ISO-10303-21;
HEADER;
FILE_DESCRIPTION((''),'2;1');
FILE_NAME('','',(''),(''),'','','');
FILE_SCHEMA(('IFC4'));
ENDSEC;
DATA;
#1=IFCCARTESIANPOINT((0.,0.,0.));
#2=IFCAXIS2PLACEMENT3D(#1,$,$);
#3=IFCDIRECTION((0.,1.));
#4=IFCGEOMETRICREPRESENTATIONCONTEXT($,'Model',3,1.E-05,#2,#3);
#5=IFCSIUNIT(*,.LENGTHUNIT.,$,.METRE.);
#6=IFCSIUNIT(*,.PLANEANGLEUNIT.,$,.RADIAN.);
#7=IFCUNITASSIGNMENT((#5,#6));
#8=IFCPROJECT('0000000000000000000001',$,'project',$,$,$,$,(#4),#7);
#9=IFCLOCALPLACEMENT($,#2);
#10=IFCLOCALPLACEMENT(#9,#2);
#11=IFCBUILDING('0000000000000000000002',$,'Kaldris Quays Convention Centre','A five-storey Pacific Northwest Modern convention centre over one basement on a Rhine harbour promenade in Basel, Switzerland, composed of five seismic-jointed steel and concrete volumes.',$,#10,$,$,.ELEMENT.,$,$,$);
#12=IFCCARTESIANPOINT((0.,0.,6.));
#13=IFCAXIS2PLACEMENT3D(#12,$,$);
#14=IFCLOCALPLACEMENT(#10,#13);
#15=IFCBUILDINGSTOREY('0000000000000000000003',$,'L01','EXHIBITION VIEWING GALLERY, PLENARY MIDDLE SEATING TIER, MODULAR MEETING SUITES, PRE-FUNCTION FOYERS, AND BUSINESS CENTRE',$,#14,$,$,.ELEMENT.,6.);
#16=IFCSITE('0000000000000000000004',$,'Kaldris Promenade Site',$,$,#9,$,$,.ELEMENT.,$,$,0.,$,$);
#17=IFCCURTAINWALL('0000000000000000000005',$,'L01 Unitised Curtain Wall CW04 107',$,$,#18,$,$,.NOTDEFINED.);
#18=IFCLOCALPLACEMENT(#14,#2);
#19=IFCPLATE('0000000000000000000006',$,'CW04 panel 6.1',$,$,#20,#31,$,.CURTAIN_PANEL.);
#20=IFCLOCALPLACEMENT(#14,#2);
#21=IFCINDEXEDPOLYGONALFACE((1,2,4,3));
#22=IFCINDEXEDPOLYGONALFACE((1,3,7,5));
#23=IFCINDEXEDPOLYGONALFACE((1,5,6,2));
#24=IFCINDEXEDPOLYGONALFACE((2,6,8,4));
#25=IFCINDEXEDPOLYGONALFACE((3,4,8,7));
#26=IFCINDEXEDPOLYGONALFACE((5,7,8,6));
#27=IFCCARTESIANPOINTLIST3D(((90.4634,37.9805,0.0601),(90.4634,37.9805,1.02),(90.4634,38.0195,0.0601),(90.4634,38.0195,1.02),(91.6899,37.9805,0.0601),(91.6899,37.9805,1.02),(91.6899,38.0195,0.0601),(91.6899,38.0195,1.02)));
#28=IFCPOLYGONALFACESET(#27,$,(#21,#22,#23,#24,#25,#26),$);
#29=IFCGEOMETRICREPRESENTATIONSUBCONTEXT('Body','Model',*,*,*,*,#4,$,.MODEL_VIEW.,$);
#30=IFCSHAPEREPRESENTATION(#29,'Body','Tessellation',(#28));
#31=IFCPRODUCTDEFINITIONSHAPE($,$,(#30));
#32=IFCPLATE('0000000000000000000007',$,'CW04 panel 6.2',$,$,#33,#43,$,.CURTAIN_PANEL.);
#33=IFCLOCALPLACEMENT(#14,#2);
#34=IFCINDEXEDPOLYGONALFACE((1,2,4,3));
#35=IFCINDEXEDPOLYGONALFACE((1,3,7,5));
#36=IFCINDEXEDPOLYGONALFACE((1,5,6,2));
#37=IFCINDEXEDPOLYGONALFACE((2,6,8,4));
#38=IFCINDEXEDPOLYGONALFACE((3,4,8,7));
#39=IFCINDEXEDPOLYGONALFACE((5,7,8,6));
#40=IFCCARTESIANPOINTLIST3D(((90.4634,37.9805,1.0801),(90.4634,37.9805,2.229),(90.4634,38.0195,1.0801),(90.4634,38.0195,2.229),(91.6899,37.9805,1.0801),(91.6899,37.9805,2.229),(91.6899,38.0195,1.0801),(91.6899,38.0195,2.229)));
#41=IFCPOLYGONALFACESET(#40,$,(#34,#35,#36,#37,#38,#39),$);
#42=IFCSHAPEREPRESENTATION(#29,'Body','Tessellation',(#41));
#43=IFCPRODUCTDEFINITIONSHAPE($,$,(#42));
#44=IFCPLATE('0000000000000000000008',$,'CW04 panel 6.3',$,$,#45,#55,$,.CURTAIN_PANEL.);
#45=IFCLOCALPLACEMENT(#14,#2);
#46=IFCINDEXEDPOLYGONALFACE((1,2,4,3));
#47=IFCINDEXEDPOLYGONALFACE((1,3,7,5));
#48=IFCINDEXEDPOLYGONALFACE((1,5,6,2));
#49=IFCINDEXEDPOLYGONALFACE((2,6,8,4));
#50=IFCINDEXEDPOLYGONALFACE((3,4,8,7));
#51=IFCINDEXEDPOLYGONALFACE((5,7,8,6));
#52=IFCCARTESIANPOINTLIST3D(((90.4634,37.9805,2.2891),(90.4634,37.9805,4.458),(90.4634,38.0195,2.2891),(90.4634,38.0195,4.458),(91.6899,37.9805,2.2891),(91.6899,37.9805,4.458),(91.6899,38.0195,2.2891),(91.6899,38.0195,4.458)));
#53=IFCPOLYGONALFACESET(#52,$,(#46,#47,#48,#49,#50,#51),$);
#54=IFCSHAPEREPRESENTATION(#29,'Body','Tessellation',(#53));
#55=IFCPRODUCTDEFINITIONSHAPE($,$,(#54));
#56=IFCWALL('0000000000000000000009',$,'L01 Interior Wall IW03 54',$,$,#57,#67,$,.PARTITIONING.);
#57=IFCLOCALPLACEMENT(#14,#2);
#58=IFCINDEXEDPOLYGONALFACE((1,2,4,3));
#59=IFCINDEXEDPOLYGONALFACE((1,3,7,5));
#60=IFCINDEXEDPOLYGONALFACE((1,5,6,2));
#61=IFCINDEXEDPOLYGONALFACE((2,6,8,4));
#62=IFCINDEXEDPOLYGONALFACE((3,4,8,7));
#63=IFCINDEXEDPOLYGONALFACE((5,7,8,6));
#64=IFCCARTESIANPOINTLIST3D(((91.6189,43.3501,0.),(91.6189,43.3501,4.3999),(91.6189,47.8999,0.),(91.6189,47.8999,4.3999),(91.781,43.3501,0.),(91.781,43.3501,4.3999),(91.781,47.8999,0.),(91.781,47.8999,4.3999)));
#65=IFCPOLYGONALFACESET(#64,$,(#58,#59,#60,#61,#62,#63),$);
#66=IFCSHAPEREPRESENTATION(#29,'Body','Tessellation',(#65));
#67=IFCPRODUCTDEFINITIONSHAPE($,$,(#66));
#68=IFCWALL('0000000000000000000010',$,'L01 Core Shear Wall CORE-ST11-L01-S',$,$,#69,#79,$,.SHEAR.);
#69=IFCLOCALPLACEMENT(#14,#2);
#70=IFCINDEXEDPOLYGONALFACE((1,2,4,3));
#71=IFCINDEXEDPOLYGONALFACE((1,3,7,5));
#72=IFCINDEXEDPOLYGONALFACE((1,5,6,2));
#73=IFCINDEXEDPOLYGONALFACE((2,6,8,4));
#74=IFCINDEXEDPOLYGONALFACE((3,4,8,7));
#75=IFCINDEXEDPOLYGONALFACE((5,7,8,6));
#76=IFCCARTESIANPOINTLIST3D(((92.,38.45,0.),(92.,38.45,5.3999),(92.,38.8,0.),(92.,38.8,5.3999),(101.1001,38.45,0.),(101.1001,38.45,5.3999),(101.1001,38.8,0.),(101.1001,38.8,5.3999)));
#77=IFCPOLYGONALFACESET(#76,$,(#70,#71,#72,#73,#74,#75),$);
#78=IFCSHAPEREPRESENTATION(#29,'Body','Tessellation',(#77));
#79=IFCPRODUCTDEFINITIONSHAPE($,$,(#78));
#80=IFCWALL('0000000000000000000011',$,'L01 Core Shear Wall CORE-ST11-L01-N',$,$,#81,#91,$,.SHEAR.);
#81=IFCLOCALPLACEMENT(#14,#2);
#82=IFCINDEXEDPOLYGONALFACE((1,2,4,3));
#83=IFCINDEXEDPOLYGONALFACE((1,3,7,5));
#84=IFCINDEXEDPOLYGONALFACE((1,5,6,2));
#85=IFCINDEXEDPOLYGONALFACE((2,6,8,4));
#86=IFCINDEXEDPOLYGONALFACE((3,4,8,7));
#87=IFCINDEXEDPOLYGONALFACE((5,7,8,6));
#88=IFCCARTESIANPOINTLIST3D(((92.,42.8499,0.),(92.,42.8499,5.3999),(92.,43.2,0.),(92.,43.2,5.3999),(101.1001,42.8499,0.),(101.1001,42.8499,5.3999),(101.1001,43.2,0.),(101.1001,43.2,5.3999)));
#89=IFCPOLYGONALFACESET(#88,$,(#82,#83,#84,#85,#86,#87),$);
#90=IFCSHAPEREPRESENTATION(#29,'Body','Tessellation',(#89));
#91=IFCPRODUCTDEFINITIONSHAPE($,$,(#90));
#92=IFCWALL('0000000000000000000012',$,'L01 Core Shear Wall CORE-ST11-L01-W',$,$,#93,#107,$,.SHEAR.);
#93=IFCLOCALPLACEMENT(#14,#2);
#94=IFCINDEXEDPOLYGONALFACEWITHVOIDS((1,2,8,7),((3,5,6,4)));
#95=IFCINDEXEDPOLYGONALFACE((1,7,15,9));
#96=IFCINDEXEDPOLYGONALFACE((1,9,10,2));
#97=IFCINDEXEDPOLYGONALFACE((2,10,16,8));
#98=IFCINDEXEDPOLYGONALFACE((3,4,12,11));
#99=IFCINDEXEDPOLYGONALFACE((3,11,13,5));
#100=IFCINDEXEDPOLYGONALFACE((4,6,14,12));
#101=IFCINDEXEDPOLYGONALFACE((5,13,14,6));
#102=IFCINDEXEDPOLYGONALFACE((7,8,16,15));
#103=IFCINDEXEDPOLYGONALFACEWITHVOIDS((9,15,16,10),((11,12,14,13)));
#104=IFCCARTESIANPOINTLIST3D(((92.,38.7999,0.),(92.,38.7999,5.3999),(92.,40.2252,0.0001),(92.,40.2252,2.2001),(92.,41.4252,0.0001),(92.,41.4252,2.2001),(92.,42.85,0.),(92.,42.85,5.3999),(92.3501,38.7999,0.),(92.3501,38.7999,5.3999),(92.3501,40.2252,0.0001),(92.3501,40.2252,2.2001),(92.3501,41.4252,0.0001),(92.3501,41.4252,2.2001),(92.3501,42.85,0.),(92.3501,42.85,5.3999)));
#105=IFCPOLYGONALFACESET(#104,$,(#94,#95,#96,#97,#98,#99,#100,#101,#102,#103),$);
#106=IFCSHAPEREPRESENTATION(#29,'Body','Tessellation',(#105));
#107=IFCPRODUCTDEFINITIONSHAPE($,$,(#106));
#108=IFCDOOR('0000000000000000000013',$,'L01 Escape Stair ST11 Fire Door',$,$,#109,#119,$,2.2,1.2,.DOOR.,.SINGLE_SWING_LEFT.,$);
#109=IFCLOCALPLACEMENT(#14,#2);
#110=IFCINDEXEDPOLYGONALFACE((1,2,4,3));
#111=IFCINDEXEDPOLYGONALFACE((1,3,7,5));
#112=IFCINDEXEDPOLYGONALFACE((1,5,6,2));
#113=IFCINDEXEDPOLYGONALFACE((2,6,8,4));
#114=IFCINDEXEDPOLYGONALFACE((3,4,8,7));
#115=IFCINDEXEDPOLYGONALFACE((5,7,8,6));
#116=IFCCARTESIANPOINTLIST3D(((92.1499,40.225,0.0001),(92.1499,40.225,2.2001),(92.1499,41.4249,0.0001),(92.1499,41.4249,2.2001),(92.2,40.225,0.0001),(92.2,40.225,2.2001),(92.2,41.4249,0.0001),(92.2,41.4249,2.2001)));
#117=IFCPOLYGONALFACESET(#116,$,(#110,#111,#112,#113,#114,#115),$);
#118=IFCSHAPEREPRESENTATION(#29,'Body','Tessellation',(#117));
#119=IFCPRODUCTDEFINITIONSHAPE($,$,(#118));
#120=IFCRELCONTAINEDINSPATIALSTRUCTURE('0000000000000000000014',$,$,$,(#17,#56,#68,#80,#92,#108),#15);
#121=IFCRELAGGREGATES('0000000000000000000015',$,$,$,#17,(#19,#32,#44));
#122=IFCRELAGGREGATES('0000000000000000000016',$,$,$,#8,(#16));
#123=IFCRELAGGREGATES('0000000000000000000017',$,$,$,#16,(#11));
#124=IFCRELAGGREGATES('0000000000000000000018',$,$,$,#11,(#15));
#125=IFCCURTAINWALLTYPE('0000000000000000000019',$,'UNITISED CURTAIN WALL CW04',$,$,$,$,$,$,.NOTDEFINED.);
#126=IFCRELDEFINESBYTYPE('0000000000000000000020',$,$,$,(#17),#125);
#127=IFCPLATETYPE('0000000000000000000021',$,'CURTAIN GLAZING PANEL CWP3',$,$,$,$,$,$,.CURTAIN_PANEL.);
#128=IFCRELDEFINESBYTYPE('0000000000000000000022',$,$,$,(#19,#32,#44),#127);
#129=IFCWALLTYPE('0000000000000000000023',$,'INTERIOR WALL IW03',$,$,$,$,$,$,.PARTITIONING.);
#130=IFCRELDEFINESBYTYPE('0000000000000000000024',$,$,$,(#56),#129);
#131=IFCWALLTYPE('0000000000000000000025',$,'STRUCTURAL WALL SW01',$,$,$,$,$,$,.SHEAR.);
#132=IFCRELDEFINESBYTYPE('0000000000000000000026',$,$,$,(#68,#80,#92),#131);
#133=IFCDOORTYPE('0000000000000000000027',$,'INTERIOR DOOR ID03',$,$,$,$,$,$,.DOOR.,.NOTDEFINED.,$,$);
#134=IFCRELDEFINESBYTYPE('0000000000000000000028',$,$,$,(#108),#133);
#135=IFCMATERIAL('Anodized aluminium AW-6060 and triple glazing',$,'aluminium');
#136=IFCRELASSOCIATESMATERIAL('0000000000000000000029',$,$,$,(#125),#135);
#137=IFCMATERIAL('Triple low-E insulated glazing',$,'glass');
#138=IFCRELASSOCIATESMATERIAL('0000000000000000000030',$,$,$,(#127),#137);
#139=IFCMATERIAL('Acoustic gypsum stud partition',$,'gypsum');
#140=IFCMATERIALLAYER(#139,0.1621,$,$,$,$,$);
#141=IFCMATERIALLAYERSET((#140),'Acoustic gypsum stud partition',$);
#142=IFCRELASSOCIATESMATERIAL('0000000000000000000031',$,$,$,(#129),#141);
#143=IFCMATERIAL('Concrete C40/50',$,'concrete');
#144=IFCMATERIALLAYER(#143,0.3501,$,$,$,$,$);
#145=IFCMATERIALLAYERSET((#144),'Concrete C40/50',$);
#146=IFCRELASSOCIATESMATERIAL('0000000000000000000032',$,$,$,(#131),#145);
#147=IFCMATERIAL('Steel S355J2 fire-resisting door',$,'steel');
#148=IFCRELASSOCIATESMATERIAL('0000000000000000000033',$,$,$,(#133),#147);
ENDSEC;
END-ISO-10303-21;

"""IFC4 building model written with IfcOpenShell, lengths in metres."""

from ifc_helpers import new_model, si_unit, direction, frame, frame_2d, origin, origin_2d, place, context, subcontext, project, spatial, rectangle, extrude, material, layer, layer_set, type_object, element, fill, aggregate, save


model = new_model("IFC4")

# Units and contexts
model_context = context("Model", 3, precision=1e-05, world=origin(), true_north=direction((0.0, 1.0)))
body_context = subcontext(model_context, "Body", "Model", "MODEL_VIEW")
ifc_project = project(units=[si_unit("LENGTHUNIT", "METRE"), si_unit("PLANEANGLEUNIT", "RADIAN")], contexts=[model_context])

# Site, building, storey
site_placement = place(None, origin())
site = spatial("IfcSite", under=ifc_project, at=site_placement, Name="Kaldris Promenade Site", CompositionType="ELEMENT", RefElevation=0.0)
building_placement = place(site_placement, origin())
building = spatial("IfcBuilding", under=site, at=building_placement, Name="Kaldris Quays Convention Centre", Description="A five-storey Pacific Northwest Modern convention centre over one basement on a Rhine harbour promenade in Basel, Switzerland, composed of five seismic-jointed steel and concrete volumes.", CompositionType="ELEMENT")
storey_placement = place(building_placement, frame((0.0, 0.0, 6.0)))
storey = spatial("IfcBuildingStorey", under=building, at=storey_placement, Name="L01", Description="EXHIBITION VIEWING GALLERY, PLENARY MIDDLE SEATING TIER, MODULAR MEETING SUITES, PRE-FUNCTION FOYERS, AND BUSINESS CENTRE", CompositionType="ELEMENT", Elevation=6.0)

# Curtain wall
ifc_material_1 = material(Name="Anodized aluminium AW-6060 and triple glazing", Category="aluminium")
curtain_wall_type = type_object("IfcCurtainWallType", Name="UNITISED CURTAIN WALL CW04", PredefinedType="NOTDEFINED", material=ifc_material_1)
curtain_wall_1_placement = place(storey_placement, origin())
curtain_wall_1 = element("IfcCurtainWall", 1, at=curtain_wall_1_placement, inside=storey, type_object=curtain_wall_type, Name="L01 Unitised Curtain Wall CW04 107", PredefinedType="NOTDEFINED")

# Plates
ifc_material_2 = material(Name="Triple low-E insulated glazing", Category="glass")
plate_type = type_object("IfcPlateType", Name="CURTAIN GLAZING PANEL CWP3", PredefinedType="CURTAIN_PANEL", material=ifc_material_2)
plate_1_placement = place(storey_placement, frame((91.0767, 38.0, 0.0601), z_axis=(0.0, 0.0, 1.0), x_axis=(1.0, 0.0, 0.0)))
plate_1 = element("IfcPlate", 2, at=plate_1_placement, type_object=plate_type, Name="CW04 panel 6.1", PredefinedType="CURTAIN_PANEL", context=body_context, shape_type="SweptSolid", body=[
    extrude(rectangle(XDim=1.2266, YDim=0.0391, at=origin_2d()), origin(), (0.0, 0.0, 1.0), 0.96),
])
plate_2_placement = place(storey_placement, frame((91.0767, 38.0, 1.0801), z_axis=(0.0, 0.0, 1.0), x_axis=(1.0, 0.0, 0.0)))
plate_2 = element("IfcPlate", 3, at=plate_2_placement, type_object=plate_type, Name="CW04 panel 6.2", PredefinedType="CURTAIN_PANEL", context=body_context, shape_type="SweptSolid", body=[
    extrude(rectangle(XDim=1.2266, YDim=0.0391, at=origin_2d()), origin(), (0.0, 0.0, 1.0), 1.1489),
])
plate_3_placement = place(storey_placement, frame((91.0767, 38.0, 2.2891), z_axis=(0.0, 0.0, 1.0), x_axis=(1.0, 0.0, 0.0)))
plate_3 = element("IfcPlate", 4, at=plate_3_placement, type_object=plate_type, Name="CW04 panel 6.3", PredefinedType="CURTAIN_PANEL", context=body_context, shape_type="SweptSolid", body=[
    extrude(rectangle(XDim=1.2266, YDim=0.0391, at=origin_2d()), origin(), (0.0, 0.0, 1.0), 2.1689),
])
aggregate(curtain_wall_1, [plate_1, plate_2, plate_3])

# Walls
ifc_material_3 = material(Name="Acoustic gypsum stud partition", Category="gypsum")
ifc_layer_1 = layer(ifc_material_3, 0.1621)
ifc_layer_set_1 = layer_set([ifc_layer_1], Name="Acoustic gypsum stud partition")
wall_type_1 = type_object("IfcWallType", Name="INTERIOR WALL IW03", PredefinedType="PARTITIONING", material=ifc_layer_set_1)
wall_1_placement = place(storey_placement, frame((91.7, 43.3501, 0.0), z_axis=(0.0, 0.0, 1.0), x_axis=(0.0, 1.0, 0.0)))
element("IfcWall", 5, at=wall_1_placement, inside=storey, type_object=wall_type_1, Name="L01 Interior Wall IW03 54", PredefinedType="PARTITIONING", context=body_context, shape_type="SweptSolid", body=[
    extrude(rectangle(XDim=4.5498, YDim=0.1621, at=frame_2d((2.2749, 0.0))), origin(), (0.0, 0.0, 1.0), 4.3999),
])
ifc_material_4 = material(Name="Concrete C40/50", Category="concrete")
ifc_layer_2 = layer(ifc_material_4, 0.3501)
ifc_layer_set_2 = layer_set([ifc_layer_2], Name="Concrete C40/50")
wall_type_2 = type_object("IfcWallType", Name="STRUCTURAL WALL SW01", PredefinedType="SHEAR", material=ifc_layer_set_2)
for number, where, z_axis, x_axis, name in (
    (6, (92.0, 38.625, 0.0), (0.0, 0.0, 1.0), (1.0, 0.0, 0.0), "L01 Core Shear Wall CORE-ST11-L01-S"),
    (7, (92.0, 43.0249, 0.0), (0.0, 0.0, 1.0), (1.0, 0.0, 0.0), "L01 Core Shear Wall CORE-ST11-L01-N"),
):
    element("IfcWall", number, at=place(storey_placement, frame(where, z_axis=z_axis, x_axis=x_axis)), inside=storey, type_object=wall_type_2, Name=name, PredefinedType="SHEAR", context=body_context, shape_type="SweptSolid", body=[
        extrude(rectangle(XDim=9.1001, YDim=0.3501, at=frame_2d((4.55, 0.0))), origin(), (0.0, 0.0, 1.0), 5.3999),
    ])

# Wall, opening, door
wall_2_placement = place(storey_placement, frame((92.175, 38.8, 0.0), z_axis=(0.0, 0.0, 1.0), x_axis=(0.0, 1.0, 0.0)))
wall_2 = element("IfcWall", 8, at=wall_2_placement, inside=storey, type_object=wall_type_2, Name="L01 Core Shear Wall CORE-ST11-L01-W", PredefinedType="SHEAR", context=body_context, shape_type="SweptSolid", body=[
    extrude(rectangle(XDim=4.05, YDim=0.3501, at=frame_2d((2.0249, 0.0))), origin(), (0.0, 0.0, 1.0), 5.3999),
])
opening_placement = place(wall_2_placement, frame((1.425, 0.0, 0.0)))
opening = element("IfcOpeningElement", 9, at=opening_placement, cuts=wall_2, PredefinedType="OPENING", context=body_context, shape_type="SweptSolid", body=[
    extrude(rectangle(XDim=1.2, YDim=2.2, at=frame_2d((0.6001, 1.1001))), frame((0.0, 0.1851, 0.0), z_axis=(0.0, -1.0, 0.0), x_axis=(1.0, 0.0, 0.0)), (0.0, 0.0, 1.0), 0.3701),
])
ifc_material_5 = material(Name="Steel S355J2 fire-resisting door", Category="steel")
door_type = type_object("IfcDoorType", Name="INTERIOR DOOR ID03", OperationType="NOTDEFINED", PredefinedType="DOOR", material=ifc_material_5)
door_placement = place(opening_placement, frame((1.2, 0.0, 0.0), z_axis=(0.0, 0.0, 1.0), x_axis=(-1.0, 0.0, 0.0)))
door = element("IfcDoor", 10, at=door_placement, inside=storey, type_object=door_type, Name="L01 Escape Stair ST11 Fire Door", OperationType="SINGLE_SWING_LEFT", OverallHeight=2.2, OverallWidth=1.2, PredefinedType="DOOR", context=body_context, shape_type="SweptSolid", body=[
    extrude(rectangle(XDim=1.2, YDim=2.2, at=frame_2d((0.6001, 1.1001))), frame((0.0, 0.0249, 0.0), z_axis=(0.0, -1.0, 0.0), x_axis=(1.0, 0.0, 0.0)), (0.0, 0.0, 1.0), 0.05),
])
fill(opening, door)

save(model, "model.ifc")
